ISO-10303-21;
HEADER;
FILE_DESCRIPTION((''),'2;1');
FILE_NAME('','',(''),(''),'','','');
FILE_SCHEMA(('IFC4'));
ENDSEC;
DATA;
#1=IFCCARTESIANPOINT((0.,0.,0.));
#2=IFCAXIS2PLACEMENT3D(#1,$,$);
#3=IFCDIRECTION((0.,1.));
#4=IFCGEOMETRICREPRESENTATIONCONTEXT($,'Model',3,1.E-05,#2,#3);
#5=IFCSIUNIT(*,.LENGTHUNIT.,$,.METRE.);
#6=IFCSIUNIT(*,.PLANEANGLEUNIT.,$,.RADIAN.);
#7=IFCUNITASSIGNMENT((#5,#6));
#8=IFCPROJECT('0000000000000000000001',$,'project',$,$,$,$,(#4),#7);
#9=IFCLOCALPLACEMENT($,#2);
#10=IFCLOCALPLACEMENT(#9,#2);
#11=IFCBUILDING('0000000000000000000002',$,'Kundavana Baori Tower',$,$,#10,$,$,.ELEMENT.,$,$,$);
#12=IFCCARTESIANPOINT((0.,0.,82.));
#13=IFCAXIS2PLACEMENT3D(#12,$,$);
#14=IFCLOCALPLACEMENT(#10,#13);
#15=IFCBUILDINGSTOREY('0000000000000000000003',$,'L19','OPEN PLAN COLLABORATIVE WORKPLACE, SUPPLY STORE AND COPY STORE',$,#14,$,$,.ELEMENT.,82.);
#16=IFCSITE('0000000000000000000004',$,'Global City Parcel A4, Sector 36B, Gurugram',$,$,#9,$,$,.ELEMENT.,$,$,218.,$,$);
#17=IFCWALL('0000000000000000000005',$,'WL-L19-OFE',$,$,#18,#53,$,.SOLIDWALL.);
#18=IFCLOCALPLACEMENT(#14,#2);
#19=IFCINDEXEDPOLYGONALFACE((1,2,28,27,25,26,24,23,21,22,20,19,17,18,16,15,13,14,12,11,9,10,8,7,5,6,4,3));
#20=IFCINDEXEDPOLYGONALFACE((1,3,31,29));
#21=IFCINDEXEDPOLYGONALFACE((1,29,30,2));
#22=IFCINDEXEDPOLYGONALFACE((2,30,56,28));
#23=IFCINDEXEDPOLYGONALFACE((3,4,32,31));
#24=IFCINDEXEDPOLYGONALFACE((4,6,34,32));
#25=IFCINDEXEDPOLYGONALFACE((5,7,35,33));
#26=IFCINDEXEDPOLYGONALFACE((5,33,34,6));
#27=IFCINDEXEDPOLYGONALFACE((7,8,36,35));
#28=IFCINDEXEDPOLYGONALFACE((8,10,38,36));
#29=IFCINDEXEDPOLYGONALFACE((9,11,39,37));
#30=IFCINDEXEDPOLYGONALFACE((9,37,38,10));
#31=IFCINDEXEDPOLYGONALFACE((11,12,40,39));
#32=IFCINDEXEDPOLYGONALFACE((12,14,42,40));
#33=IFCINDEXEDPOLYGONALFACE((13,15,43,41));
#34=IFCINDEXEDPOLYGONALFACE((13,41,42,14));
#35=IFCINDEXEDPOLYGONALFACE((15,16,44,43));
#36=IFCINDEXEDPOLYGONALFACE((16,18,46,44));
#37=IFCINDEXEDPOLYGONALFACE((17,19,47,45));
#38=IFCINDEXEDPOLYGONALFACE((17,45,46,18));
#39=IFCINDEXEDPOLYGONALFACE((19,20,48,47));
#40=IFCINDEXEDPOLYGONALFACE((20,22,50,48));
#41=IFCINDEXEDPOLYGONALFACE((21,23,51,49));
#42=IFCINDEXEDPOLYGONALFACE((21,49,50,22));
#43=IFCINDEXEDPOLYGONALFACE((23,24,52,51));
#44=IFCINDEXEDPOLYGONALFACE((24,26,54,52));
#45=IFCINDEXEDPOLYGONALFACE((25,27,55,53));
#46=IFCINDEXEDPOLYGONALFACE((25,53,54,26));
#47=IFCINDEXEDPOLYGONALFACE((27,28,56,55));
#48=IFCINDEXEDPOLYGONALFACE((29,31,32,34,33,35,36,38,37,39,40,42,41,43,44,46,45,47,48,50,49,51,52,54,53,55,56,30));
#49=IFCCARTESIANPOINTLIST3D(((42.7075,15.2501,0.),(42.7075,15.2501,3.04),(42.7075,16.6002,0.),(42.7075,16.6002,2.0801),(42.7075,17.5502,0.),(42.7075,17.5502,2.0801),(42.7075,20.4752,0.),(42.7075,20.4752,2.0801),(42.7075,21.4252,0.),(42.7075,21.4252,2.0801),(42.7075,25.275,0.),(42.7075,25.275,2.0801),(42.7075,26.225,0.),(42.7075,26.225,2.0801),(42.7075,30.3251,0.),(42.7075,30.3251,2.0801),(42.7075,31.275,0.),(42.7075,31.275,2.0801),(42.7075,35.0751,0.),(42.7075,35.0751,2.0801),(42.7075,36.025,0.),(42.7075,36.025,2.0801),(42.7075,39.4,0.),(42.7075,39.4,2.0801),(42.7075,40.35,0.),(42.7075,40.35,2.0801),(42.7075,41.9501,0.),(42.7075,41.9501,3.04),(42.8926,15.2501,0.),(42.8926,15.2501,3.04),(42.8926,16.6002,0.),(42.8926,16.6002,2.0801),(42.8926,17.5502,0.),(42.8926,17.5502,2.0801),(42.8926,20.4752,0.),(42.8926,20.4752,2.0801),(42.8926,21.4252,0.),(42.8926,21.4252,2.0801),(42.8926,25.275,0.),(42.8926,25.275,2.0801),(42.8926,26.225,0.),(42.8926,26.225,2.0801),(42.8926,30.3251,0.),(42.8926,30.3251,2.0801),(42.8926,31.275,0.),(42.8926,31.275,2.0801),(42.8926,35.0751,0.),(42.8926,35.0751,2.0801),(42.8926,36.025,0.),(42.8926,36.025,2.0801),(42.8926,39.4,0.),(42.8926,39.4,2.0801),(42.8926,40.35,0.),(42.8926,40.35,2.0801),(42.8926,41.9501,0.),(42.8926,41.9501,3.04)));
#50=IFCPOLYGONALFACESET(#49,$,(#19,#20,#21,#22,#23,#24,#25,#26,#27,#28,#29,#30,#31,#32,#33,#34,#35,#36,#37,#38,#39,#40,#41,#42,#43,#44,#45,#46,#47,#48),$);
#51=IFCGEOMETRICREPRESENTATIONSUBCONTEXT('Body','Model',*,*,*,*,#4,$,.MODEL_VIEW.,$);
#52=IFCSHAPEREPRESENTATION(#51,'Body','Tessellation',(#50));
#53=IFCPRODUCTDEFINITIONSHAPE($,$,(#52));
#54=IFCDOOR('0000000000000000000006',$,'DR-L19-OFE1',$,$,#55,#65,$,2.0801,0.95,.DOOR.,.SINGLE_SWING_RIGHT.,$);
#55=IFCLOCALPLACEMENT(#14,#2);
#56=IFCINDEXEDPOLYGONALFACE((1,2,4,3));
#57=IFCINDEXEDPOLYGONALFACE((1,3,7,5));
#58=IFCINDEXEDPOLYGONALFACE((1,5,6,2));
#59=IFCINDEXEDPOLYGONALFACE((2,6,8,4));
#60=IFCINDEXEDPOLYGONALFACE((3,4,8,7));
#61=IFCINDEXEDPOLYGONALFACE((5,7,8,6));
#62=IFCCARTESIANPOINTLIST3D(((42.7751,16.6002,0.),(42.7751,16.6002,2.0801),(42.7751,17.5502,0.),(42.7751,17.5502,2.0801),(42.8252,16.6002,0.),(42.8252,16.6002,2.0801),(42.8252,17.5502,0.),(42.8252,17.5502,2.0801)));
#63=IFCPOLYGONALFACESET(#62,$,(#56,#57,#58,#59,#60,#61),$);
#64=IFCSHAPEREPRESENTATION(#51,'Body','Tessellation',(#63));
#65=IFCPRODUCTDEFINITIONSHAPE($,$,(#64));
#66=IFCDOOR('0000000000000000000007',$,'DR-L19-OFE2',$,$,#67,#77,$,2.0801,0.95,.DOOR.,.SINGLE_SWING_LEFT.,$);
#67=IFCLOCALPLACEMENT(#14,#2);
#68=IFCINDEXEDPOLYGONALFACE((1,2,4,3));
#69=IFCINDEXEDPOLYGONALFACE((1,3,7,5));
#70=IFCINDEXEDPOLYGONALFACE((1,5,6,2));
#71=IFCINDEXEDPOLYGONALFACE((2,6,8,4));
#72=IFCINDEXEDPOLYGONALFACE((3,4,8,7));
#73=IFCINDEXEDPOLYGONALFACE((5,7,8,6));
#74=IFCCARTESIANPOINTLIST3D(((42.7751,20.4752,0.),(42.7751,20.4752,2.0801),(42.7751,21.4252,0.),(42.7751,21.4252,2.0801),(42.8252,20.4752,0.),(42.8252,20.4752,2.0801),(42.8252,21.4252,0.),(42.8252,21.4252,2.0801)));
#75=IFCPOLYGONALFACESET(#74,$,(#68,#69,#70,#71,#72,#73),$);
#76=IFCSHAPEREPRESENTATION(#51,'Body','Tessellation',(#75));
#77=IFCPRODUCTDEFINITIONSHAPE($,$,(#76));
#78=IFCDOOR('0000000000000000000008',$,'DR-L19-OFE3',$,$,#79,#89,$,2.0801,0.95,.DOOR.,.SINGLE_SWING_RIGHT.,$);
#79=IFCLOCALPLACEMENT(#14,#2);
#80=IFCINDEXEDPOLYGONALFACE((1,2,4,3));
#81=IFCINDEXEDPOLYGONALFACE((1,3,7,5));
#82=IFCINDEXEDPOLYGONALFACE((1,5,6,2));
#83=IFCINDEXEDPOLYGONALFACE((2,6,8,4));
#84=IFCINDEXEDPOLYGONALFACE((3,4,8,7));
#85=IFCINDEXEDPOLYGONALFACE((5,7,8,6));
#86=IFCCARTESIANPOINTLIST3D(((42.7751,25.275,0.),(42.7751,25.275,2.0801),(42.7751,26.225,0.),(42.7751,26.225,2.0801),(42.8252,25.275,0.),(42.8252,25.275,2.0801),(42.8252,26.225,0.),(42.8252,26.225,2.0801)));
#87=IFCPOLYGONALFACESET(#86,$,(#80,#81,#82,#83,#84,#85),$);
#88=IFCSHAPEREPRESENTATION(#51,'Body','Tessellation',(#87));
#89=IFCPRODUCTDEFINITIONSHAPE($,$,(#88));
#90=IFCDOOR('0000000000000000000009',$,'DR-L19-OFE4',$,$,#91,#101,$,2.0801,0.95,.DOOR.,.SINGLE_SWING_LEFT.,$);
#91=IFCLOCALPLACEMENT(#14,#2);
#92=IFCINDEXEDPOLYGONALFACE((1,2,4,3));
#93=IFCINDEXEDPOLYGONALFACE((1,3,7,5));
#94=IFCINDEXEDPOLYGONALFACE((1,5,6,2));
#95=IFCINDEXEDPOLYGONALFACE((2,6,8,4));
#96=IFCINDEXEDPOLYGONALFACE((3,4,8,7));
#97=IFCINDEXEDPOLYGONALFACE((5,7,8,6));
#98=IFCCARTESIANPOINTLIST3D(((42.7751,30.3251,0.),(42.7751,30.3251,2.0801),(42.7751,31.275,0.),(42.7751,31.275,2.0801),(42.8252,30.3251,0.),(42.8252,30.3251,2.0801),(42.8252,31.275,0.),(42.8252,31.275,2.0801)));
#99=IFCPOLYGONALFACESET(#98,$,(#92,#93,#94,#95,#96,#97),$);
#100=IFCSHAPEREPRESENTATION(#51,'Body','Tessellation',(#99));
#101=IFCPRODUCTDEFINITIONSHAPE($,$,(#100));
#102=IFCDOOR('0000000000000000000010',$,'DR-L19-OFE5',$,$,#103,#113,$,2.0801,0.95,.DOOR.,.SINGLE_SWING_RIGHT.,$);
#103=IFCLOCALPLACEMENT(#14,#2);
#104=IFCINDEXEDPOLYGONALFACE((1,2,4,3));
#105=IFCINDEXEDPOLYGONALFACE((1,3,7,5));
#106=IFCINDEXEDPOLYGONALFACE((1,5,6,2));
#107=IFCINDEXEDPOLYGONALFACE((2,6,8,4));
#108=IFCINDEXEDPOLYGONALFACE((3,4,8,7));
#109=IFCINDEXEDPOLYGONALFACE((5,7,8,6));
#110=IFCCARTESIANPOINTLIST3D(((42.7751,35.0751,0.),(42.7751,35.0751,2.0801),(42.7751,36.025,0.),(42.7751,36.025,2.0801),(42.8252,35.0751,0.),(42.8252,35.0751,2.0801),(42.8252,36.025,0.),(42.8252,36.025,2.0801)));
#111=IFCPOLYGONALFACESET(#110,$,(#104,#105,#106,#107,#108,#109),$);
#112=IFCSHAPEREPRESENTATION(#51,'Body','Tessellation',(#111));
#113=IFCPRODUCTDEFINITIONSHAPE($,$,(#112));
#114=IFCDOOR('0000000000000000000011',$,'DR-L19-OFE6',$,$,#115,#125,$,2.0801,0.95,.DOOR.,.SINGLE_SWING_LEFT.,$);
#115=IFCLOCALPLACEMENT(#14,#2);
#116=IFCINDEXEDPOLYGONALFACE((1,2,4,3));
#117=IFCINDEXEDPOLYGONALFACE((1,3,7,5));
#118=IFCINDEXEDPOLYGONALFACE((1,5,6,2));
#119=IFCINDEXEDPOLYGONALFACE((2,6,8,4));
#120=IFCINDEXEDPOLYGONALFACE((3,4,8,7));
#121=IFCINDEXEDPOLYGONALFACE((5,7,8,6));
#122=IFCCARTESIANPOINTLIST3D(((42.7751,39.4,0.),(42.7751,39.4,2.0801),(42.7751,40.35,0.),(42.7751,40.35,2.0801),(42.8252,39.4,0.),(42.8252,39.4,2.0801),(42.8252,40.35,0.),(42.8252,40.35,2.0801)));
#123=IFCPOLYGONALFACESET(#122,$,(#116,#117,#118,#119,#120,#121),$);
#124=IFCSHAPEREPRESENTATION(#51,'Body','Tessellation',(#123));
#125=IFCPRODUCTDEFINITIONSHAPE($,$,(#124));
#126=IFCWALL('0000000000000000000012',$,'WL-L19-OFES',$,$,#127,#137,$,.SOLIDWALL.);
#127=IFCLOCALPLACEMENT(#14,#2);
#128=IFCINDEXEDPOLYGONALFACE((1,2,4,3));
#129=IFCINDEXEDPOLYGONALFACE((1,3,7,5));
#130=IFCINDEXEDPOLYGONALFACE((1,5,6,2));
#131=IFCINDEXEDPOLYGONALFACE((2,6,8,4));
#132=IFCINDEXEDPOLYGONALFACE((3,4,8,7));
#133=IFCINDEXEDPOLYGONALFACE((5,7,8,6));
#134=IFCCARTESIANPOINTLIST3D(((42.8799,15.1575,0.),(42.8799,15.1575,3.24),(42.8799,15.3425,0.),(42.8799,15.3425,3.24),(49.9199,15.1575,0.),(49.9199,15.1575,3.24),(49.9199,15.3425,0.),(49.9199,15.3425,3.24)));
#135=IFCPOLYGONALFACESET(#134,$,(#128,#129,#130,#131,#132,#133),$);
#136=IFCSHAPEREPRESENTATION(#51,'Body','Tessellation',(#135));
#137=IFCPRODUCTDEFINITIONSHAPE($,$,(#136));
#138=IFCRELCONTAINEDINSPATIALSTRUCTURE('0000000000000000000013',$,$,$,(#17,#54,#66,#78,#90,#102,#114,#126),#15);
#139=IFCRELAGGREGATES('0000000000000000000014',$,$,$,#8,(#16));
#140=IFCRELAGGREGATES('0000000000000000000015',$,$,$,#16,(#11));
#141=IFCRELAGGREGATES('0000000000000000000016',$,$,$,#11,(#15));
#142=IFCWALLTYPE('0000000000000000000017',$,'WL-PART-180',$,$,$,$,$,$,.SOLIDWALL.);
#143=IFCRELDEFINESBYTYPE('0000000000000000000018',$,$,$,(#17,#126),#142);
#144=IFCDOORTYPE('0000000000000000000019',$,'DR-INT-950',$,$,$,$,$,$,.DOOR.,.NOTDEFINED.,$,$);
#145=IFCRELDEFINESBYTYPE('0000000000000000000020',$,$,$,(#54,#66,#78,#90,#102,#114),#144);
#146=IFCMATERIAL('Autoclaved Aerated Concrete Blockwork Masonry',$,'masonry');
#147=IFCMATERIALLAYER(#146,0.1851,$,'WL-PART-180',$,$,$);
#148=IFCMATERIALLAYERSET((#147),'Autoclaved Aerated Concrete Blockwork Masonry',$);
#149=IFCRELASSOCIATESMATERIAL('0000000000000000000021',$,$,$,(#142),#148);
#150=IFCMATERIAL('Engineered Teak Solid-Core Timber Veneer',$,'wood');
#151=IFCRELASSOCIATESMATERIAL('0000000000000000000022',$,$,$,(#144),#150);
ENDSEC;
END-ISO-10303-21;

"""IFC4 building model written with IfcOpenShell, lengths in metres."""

from ifc_helpers import new_model, si_unit, direction, frame, frame_2d, origin, place, context, subcontext, project, spatial, rectangle, extrude, material, layer, layer_set, type_object, element, fill, save


model = new_model("IFC4")

# Units and contexts
model_context = context("Model", 3, precision=1e-05, world=origin(), true_north=direction((0.0, 1.0)))
body_context = subcontext(model_context, "Body", "Model", "MODEL_VIEW")
ifc_project = project(units=[si_unit("LENGTHUNIT", "METRE"), si_unit("PLANEANGLEUNIT", "RADIAN")], contexts=[model_context])

# Site, building, storey
site_placement = place(None, origin())
site = spatial("IfcSite", under=ifc_project, at=site_placement, Name="Global City Parcel A4, Sector 36B, Gurugram", CompositionType="ELEMENT", RefElevation=218.0)
building_placement = place(site_placement, origin())
building = spatial("IfcBuilding", under=site, at=building_placement, Name="Kundavana Baori Tower", CompositionType="ELEMENT")
storey_placement = place(building_placement, frame((0.0, 0.0, 82.0)))
storey = spatial("IfcBuildingStorey", under=building, at=storey_placement, Name="L19", Description="OPEN PLAN COLLABORATIVE WORKPLACE, SUPPLY STORE AND COPY STORE", CompositionType="ELEMENT", Elevation=82.0)

# Wall, openings, doors
ifc_material_1 = material(Name="Autoclaved Aerated Concrete Blockwork Masonry", Category="masonry")
ifc_layer_1 = layer(ifc_material_1, 0.1851, Name="WL-PART-180")
ifc_layer_set_1 = layer_set([ifc_layer_1], Name="Autoclaved Aerated Concrete Blockwork Masonry")
wall_type_1 = type_object("IfcWallType", Name="WL-PART-180", PredefinedType="SOLIDWALL", material=ifc_layer_set_1)
wall_1_placement = place(storey_placement, frame((42.8, 15.25, 0.0), z_axis=(0.0, 0.0, 1.0), x_axis=(0.0, 1.0, 0.0)))
wall_1 = element("IfcWall", 1, at=wall_1_placement, inside=storey, type_object=wall_type_1, Name="WL-L19-OFE", PredefinedType="SOLIDWALL", context=body_context, shape_type="SweptSolid", body=[
    extrude(rectangle(XDim=26.7, YDim=0.1851, at=frame_2d((13.3501, 0.0))), origin(), (0.0, 0.0, 1.0), 3.04),
])
opening_1_placement = place(wall_1_placement, frame((1.3501, 0.0, 0.0)))
opening_1 = element("IfcOpeningElement", 2, at=opening_1_placement, cuts=wall_1, PredefinedType="OPENING", context=body_context, shape_type="SweptSolid", body=[
    extrude(rectangle(XDim=0.95, YDim=2.0801, at=frame_2d((0.4751, 1.04))), frame((0.0, 0.1025, 0.0), z_axis=(0.0, -1.0, 0.0), x_axis=(1.0, 0.0, 0.0)), (0.0, 0.0, 1.0), 0.2051),
])
opening_2_placement = place(wall_1_placement, frame((5.2251, 0.0, 0.0)))
opening_2 = element("IfcOpeningElement", 3, at=opening_2_placement, cuts=wall_1, PredefinedType="OPENING", context=body_context, shape_type="SweptSolid", body=[
    extrude(rectangle(XDim=0.95, YDim=2.0801, at=frame_2d((0.4751, 1.04))), frame((0.0, 0.1025, 0.0), z_axis=(0.0, -1.0, 0.0), x_axis=(1.0, 0.0, 0.0)), (0.0, 0.0, 1.0), 0.2051),
])
opening_3_placement = place(wall_1_placement, frame((10.0249, 0.0, 0.0)))
opening_3 = element("IfcOpeningElement", 4, at=opening_3_placement, cuts=wall_1, PredefinedType="OPENING", context=body_context, shape_type="SweptSolid", body=[
    extrude(rectangle(XDim=0.95, YDim=2.0801, at=frame_2d((0.4751, 1.04))), frame((0.0, 0.1025, 0.0), z_axis=(0.0, -1.0, 0.0), x_axis=(1.0, 0.0, 0.0)), (0.0, 0.0, 1.0), 0.2051),
])
opening_4_placement = place(wall_1_placement, frame((15.075, 0.0, 0.0)))
opening_4 = element("IfcOpeningElement", 5, at=opening_4_placement, cuts=wall_1, PredefinedType="OPENING", context=body_context, shape_type="SweptSolid", body=[
    extrude(rectangle(XDim=0.95, YDim=2.0801, at=frame_2d((0.4751, 1.04))), frame((0.0, 0.1025, 0.0), z_axis=(0.0, -1.0, 0.0), x_axis=(1.0, 0.0, 0.0)), (0.0, 0.0, 1.0), 0.2051),
])
opening_5_placement = place(wall_1_placement, frame((19.825, 0.0, 0.0)))
opening_5 = element("IfcOpeningElement", 6, at=opening_5_placement, cuts=wall_1, PredefinedType="OPENING", context=body_context, shape_type="SweptSolid", body=[
    extrude(rectangle(XDim=0.95, YDim=2.0801, at=frame_2d((0.4751, 1.04))), frame((0.0, 0.1025, 0.0), z_axis=(0.0, -1.0, 0.0), x_axis=(1.0, 0.0, 0.0)), (0.0, 0.0, 1.0), 0.2051),
])
opening_6_placement = place(wall_1_placement, frame((24.1499, 0.0, 0.0)))
opening_6 = element("IfcOpeningElement", 7, at=opening_6_placement, cuts=wall_1, PredefinedType="OPENING", context=body_context, shape_type="SweptSolid", body=[
    extrude(rectangle(XDim=0.95, YDim=2.0801, at=frame_2d((0.4751, 1.04))), frame((0.0, 0.1025, 0.0), z_axis=(0.0, -1.0, 0.0), x_axis=(1.0, 0.0, 0.0)), (0.0, 0.0, 1.0), 0.2051),
])
ifc_material_2 = material(Name="Engineered Teak Solid-Core Timber Veneer", Category="wood")
door_type_1 = type_object("IfcDoorType", Name="DR-INT-950", OperationType="NOTDEFINED", PredefinedType="DOOR", material=ifc_material_2)
door_1_placement = place(opening_1_placement, origin())
door_1 = element("IfcDoor", 8, at=door_1_placement, inside=storey, type_object=door_type_1, Name="DR-L19-OFE1", OperationType="SINGLE_SWING_RIGHT", OverallHeight=2.0801, OverallWidth=0.95, PredefinedType="DOOR", context=body_context, shape_type="SweptSolid", body=[
    extrude(rectangle(XDim=0.95, YDim=2.0801, at=frame_2d((0.4751, 1.04))), frame((0.0, 0.0249, 0.0), z_axis=(0.0, -1.0, 0.0), x_axis=(1.0, 0.0, 0.0)), (0.0, 0.0, 1.0), 0.05),
])
fill(opening_1, door_1)
door_2_placement = place(opening_2_placement, origin())
door_2 = element("IfcDoor", 9, at=door_2_placement, inside=storey, type_object=door_type_1, Name="DR-L19-OFE2", OperationType="SINGLE_SWING_LEFT", OverallHeight=2.0801, OverallWidth=0.95, PredefinedType="DOOR", context=body_context, shape_type="SweptSolid", body=[
    extrude(rectangle(XDim=0.95, YDim=2.0801, at=frame_2d((0.4751, 1.04))), frame((0.0, 0.0249, 0.0), z_axis=(0.0, -1.0, 0.0), x_axis=(1.0, 0.0, 0.0)), (0.0, 0.0, 1.0), 0.05),
])
fill(opening_2, door_2)
door_3_placement = place(opening_3_placement, origin())
door_3 = element("IfcDoor", 10, at=door_3_placement, inside=storey, type_object=door_type_1, Name="DR-L19-OFE3", OperationType="SINGLE_SWING_RIGHT", OverallHeight=2.0801, OverallWidth=0.95, PredefinedType="DOOR", context=body_context, shape_type="SweptSolid", body=[
    extrude(rectangle(XDim=0.95, YDim=2.0801, at=frame_2d((0.4751, 1.04))), frame((0.0, 0.0249, 0.0), z_axis=(0.0, -1.0, 0.0), x_axis=(1.0, 0.0, 0.0)), (0.0, 0.0, 1.0), 0.05),
])
fill(opening_3, door_3)
door_4_placement = place(opening_4_placement, origin())
door_4 = element("IfcDoor", 11, at=door_4_placement, inside=storey, type_object=door_type_1, Name="DR-L19-OFE4", OperationType="SINGLE_SWING_LEFT", OverallHeight=2.0801, OverallWidth=0.95, PredefinedType="DOOR", context=body_context, shape_type="SweptSolid", body=[
    extrude(rectangle(XDim=0.95, YDim=2.0801, at=frame_2d((0.4751, 1.04))), frame((0.0, 0.0249, 0.0), z_axis=(0.0, -1.0, 0.0), x_axis=(1.0, 0.0, 0.0)), (0.0, 0.0, 1.0), 0.05),
])
fill(opening_4, door_4)
door_5_placement = place(opening_5_placement, origin())
door_5 = element("IfcDoor", 12, at=door_5_placement, inside=storey, type_object=door_type_1, Name="DR-L19-OFE5", OperationType="SINGLE_SWING_RIGHT", OverallHeight=2.0801, OverallWidth=0.95, PredefinedType="DOOR", context=body_context, shape_type="SweptSolid", body=[
    extrude(rectangle(XDim=0.95, YDim=2.0801, at=frame_2d((0.4751, 1.04))), frame((0.0, 0.0249, 0.0), z_axis=(0.0, -1.0, 0.0), x_axis=(1.0, 0.0, 0.0)), (0.0, 0.0, 1.0), 0.05),
])
fill(opening_5, door_5)
door_6_placement = place(opening_6_placement, origin())
door_6 = element("IfcDoor", 13, at=door_6_placement, inside=storey, type_object=door_type_1, Name="DR-L19-OFE6", OperationType="SINGLE_SWING_LEFT", OverallHeight=2.0801, OverallWidth=0.95, PredefinedType="DOOR", context=body_context, shape_type="SweptSolid", body=[
    extrude(rectangle(XDim=0.95, YDim=2.0801, at=frame_2d((0.4751, 1.04))), frame((0.0, 0.0249, 0.0), z_axis=(0.0, -1.0, 0.0), x_axis=(1.0, 0.0, 0.0)), (0.0, 0.0, 1.0), 0.05),
])
fill(opening_6, door_6)

# Wall
wall_2_placement = place(storey_placement, frame((42.8799, 15.25, 0.0), z_axis=(0.0, 0.0, 1.0), x_axis=(1.0, 0.0, 0.0)))
element("IfcWall", 14, at=wall_2_placement, inside=storey, type_object=wall_type_1, Name="WL-L19-OFES", PredefinedType="SOLIDWALL", context=body_context, shape_type="SweptSolid", body=[
    extrude(rectangle(XDim=7.04, YDim=0.1851, at=frame_2d((3.52, 0.0))), origin(), (0.0, 0.0, 1.0), 3.24),
])

save(model, "model.ifc")
